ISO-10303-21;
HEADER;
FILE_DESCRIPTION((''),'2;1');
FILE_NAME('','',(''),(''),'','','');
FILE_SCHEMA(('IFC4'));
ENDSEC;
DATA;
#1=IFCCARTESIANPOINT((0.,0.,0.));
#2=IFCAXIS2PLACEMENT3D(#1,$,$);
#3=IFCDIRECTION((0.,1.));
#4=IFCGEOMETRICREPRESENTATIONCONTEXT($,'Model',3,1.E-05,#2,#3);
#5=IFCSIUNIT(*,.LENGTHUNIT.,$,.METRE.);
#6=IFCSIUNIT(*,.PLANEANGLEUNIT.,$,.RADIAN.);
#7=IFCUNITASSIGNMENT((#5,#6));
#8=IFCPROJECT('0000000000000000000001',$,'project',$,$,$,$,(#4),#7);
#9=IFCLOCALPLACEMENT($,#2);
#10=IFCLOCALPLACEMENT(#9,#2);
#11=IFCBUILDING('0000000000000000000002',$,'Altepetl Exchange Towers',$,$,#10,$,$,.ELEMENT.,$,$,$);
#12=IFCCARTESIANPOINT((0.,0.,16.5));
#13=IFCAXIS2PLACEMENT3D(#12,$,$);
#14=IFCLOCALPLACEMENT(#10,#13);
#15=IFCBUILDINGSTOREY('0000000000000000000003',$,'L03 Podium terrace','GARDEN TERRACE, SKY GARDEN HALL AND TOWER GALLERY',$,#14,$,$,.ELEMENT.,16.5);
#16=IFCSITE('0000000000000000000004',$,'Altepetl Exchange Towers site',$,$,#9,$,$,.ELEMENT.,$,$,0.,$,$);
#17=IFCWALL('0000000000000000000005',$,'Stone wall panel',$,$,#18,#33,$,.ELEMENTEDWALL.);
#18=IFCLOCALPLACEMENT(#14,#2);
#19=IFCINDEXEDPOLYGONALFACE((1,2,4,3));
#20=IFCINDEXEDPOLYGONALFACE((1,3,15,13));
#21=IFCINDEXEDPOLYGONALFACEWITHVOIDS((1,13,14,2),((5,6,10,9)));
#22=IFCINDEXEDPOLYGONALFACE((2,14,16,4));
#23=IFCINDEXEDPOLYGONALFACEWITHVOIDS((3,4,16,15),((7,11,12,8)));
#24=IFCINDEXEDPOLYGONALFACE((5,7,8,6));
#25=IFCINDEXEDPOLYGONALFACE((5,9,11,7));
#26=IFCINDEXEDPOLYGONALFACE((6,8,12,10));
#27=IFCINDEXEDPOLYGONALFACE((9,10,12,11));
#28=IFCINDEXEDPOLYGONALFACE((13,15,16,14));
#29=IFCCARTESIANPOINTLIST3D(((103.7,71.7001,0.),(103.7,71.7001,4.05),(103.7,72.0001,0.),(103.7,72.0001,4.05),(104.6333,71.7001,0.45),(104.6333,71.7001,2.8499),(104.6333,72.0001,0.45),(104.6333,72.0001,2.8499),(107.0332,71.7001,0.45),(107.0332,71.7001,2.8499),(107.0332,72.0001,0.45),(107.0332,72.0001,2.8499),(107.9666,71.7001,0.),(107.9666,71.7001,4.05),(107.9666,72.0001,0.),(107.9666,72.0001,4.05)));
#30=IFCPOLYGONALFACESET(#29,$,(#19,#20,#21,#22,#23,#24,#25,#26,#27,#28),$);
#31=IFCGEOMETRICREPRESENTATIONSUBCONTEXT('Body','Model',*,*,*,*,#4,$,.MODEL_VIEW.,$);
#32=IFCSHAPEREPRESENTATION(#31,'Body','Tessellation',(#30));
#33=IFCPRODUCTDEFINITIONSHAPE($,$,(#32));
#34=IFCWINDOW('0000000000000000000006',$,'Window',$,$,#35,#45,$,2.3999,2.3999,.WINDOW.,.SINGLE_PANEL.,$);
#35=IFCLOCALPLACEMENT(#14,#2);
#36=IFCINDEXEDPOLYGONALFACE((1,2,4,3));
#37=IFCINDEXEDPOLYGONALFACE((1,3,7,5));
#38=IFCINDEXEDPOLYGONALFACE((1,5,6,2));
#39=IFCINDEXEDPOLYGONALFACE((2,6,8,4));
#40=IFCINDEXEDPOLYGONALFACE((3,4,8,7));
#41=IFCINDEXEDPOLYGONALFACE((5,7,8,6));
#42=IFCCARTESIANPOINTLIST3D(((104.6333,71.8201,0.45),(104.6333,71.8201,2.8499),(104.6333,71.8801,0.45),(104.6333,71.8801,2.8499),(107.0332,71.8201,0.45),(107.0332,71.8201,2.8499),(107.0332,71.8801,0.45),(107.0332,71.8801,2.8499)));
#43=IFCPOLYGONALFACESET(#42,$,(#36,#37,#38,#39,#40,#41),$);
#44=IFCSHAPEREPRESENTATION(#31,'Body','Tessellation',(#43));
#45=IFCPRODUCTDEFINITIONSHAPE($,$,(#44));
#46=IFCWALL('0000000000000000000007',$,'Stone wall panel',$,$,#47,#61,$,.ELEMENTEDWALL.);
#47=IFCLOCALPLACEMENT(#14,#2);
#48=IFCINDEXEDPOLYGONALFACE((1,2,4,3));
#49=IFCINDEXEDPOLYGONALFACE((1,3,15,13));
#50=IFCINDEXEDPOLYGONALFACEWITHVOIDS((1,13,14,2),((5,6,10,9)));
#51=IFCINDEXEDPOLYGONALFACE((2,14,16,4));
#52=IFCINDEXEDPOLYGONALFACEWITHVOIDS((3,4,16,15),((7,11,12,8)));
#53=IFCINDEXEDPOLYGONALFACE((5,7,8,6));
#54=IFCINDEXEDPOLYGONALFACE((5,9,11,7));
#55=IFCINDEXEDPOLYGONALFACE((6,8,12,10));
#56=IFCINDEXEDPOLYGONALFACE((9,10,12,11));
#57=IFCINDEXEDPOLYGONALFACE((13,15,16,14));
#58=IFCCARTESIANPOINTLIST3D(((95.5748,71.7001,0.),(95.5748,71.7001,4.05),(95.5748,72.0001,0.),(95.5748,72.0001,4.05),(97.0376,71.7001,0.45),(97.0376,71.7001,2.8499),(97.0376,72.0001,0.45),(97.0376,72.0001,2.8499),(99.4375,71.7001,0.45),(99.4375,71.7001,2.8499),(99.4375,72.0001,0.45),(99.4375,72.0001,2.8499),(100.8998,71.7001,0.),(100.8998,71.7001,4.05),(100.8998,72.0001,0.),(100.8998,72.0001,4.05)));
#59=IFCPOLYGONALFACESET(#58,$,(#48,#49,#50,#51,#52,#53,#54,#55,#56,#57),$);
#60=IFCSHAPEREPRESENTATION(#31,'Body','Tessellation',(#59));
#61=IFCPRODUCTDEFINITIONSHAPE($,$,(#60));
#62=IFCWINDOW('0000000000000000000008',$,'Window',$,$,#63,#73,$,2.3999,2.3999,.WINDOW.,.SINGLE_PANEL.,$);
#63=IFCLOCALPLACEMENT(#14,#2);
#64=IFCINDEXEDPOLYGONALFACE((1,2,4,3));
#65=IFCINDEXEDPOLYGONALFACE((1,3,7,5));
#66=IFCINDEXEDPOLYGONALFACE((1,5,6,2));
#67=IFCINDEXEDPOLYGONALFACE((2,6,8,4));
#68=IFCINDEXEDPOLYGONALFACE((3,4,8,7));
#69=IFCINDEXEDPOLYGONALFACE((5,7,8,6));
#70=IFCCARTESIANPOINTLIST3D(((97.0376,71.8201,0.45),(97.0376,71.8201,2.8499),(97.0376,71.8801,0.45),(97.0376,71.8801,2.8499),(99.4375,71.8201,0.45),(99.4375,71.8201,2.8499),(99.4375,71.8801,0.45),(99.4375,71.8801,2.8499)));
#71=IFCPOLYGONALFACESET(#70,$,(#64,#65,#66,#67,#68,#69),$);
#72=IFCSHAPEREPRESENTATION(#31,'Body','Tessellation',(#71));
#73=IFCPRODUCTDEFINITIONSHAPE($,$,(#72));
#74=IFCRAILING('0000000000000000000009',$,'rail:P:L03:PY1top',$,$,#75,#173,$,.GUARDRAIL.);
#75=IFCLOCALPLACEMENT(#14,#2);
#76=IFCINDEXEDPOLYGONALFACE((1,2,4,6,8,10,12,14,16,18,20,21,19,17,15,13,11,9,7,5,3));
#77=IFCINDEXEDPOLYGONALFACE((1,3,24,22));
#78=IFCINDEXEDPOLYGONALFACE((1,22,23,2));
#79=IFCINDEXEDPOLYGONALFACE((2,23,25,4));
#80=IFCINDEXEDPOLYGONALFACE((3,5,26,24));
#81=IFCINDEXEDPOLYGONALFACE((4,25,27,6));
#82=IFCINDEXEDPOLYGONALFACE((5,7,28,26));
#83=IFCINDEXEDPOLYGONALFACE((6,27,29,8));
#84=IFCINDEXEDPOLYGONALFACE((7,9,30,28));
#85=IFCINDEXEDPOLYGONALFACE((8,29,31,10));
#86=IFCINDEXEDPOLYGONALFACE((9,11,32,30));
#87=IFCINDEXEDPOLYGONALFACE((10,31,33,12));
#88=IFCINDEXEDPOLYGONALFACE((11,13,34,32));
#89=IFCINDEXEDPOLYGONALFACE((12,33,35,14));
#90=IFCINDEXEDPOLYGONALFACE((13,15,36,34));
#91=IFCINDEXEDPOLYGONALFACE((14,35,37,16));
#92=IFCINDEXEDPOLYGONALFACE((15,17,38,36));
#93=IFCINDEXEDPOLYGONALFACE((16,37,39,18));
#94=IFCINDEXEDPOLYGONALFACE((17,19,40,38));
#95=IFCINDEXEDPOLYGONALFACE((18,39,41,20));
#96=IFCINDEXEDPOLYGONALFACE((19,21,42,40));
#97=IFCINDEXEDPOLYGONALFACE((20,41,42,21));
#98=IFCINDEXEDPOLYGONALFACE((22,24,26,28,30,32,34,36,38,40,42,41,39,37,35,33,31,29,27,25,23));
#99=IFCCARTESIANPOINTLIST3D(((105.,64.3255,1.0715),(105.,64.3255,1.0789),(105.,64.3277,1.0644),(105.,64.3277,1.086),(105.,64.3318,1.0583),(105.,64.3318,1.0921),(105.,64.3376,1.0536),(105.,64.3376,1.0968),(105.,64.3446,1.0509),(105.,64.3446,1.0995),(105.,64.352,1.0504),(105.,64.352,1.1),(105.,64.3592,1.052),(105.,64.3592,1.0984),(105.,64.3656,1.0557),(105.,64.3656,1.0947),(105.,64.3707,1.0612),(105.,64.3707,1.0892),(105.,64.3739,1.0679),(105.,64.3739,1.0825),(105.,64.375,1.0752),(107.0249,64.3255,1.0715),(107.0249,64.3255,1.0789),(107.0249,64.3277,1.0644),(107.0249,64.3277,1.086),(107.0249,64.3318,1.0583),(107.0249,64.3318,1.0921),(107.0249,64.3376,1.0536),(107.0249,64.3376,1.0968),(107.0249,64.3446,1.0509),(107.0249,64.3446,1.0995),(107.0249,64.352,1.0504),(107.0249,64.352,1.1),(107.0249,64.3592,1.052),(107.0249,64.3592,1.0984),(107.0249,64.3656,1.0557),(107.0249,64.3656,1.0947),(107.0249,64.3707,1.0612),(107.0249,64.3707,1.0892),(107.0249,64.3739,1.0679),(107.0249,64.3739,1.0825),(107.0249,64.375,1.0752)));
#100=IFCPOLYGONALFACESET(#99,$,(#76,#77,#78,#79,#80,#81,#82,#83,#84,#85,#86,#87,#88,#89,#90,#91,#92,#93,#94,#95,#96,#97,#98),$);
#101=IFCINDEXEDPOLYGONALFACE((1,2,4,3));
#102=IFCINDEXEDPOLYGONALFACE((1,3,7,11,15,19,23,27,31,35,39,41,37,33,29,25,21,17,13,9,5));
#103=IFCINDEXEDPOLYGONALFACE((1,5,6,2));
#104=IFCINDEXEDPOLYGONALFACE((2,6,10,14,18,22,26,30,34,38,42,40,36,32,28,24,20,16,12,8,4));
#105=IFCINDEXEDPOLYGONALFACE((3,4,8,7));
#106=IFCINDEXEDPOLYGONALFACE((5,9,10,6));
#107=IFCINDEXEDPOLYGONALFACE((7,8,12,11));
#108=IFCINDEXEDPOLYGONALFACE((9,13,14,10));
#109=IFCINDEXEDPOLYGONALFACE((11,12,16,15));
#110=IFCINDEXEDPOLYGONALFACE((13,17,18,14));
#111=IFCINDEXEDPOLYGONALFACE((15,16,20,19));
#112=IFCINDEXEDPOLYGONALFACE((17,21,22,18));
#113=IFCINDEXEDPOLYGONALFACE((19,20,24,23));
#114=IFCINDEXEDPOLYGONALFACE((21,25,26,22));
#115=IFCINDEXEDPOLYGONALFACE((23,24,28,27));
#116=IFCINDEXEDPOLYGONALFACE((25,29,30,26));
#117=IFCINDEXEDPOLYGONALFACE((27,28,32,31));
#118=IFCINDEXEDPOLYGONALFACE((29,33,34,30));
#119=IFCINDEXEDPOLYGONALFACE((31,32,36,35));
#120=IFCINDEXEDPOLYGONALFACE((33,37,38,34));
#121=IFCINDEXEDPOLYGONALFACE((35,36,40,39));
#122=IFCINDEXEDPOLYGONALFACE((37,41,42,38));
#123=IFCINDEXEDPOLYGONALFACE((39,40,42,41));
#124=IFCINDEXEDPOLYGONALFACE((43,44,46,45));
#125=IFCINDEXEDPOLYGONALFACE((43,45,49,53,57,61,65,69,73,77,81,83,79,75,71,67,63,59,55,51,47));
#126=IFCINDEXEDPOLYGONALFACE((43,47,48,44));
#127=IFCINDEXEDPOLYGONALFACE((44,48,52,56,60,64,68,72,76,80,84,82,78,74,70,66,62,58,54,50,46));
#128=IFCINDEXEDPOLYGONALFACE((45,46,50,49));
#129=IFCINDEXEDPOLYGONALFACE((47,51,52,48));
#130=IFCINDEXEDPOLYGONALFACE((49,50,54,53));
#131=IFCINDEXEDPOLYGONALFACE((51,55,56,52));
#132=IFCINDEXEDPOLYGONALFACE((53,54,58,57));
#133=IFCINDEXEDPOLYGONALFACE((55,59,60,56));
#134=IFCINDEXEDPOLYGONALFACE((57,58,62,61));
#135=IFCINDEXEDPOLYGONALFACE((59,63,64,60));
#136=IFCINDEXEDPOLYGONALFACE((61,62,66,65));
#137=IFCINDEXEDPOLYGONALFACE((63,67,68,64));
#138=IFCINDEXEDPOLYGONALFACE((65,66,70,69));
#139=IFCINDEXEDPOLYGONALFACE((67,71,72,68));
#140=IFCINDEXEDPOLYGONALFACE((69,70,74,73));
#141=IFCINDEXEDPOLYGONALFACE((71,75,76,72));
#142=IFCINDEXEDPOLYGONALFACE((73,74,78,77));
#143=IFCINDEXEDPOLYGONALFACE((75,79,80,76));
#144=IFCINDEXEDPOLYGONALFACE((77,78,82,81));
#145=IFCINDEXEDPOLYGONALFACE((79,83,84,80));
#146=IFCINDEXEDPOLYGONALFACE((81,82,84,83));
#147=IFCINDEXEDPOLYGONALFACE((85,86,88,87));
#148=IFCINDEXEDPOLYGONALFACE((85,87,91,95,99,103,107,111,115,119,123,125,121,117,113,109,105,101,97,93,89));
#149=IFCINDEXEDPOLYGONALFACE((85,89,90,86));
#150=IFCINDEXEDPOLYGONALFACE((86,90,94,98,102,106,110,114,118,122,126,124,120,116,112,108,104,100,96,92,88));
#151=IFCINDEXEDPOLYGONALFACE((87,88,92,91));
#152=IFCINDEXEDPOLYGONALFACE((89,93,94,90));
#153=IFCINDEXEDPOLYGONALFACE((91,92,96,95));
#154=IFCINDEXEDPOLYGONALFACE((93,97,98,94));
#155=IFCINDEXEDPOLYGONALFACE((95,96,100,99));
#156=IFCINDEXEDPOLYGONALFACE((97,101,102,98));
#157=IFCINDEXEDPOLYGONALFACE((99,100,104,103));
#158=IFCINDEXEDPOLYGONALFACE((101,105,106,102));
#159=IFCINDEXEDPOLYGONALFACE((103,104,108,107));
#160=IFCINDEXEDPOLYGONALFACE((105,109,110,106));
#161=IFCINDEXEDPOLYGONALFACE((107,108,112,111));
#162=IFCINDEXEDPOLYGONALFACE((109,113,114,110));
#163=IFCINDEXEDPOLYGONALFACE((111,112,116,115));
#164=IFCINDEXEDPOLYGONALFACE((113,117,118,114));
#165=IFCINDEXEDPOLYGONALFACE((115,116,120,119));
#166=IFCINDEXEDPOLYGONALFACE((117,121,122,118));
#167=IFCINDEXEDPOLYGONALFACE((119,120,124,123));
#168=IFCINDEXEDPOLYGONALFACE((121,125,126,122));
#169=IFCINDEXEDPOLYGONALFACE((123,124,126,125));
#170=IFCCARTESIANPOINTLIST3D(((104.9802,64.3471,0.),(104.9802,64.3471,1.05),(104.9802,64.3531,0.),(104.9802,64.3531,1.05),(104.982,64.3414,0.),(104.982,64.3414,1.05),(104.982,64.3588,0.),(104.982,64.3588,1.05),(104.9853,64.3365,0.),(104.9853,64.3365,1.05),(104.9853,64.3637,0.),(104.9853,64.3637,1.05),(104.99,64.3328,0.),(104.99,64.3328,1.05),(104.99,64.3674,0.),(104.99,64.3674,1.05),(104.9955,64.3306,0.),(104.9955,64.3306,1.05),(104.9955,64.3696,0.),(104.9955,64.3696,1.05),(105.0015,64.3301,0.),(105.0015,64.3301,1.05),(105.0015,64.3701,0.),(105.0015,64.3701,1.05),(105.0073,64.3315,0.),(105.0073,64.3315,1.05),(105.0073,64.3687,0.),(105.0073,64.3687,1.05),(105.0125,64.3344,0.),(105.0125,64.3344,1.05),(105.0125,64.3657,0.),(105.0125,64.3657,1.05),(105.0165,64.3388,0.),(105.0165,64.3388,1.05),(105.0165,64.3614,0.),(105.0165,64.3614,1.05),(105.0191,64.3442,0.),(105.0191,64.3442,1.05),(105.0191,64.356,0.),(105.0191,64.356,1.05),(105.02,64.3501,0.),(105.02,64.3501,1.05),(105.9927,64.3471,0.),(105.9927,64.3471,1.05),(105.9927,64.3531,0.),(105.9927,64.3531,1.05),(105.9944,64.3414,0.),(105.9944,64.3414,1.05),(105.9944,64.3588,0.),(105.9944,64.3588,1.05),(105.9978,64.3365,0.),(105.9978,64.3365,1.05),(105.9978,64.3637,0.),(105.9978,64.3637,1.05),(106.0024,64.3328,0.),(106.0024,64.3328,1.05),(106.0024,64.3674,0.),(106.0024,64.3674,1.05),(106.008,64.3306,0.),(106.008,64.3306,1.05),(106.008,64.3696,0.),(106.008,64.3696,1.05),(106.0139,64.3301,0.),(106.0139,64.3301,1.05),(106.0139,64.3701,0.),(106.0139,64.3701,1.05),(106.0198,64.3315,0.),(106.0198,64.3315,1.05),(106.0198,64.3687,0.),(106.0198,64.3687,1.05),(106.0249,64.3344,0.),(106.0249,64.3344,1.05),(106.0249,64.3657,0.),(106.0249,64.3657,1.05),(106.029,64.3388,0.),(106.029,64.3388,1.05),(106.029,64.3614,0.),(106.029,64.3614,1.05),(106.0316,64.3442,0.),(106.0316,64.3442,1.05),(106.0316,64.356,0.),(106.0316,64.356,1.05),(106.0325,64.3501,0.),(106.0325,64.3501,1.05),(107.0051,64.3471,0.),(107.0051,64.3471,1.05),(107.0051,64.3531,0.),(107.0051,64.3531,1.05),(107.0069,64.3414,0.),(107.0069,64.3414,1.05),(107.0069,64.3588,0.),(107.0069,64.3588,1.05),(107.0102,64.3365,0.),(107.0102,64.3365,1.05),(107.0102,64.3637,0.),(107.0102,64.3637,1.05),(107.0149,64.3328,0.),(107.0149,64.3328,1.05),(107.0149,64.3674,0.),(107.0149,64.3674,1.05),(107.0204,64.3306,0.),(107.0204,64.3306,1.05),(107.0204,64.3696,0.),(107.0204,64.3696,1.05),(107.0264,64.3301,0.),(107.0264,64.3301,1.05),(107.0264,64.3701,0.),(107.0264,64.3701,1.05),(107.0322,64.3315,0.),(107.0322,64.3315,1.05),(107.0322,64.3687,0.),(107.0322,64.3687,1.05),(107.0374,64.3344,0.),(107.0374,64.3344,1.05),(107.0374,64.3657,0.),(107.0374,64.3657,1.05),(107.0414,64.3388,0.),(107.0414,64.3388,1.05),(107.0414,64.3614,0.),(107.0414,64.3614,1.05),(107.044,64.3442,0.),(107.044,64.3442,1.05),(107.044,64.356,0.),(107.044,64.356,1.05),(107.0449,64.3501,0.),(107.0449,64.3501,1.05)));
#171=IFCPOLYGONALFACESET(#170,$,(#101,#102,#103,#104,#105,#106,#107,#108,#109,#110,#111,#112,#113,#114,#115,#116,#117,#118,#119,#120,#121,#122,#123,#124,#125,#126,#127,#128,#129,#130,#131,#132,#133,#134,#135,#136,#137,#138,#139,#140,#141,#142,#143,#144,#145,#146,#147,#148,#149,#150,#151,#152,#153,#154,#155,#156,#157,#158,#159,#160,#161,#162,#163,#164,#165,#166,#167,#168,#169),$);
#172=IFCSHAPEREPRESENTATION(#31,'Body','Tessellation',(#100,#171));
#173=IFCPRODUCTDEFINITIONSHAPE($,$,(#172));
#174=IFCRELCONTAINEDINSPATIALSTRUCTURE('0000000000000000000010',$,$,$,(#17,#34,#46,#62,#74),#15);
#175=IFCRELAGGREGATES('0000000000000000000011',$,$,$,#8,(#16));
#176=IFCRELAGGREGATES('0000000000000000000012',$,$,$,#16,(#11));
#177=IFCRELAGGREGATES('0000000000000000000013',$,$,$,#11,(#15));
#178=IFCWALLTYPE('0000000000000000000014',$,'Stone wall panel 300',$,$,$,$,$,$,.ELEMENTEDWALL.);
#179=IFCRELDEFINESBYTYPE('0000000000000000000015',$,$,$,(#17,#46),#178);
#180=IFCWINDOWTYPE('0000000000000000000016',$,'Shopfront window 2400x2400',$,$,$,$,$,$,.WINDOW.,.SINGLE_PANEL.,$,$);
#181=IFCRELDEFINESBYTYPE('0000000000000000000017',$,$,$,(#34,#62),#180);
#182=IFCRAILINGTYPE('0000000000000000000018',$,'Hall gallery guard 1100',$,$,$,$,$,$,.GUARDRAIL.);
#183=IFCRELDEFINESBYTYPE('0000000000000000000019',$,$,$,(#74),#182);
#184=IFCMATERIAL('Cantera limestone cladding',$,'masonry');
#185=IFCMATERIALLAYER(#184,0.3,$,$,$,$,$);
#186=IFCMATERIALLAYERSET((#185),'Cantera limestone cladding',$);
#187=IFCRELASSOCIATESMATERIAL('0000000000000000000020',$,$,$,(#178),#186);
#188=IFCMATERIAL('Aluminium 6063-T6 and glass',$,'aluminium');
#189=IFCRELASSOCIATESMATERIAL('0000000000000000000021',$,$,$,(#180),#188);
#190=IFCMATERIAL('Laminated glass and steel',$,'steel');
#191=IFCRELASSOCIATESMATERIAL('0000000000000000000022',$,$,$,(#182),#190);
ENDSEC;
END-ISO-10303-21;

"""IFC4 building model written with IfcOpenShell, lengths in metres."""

from ifc_helpers import new_model, si_unit, direction, frame, frame_2d, origin, origin_2d, place, context, subcontext, project, spatial, rectangle, circle, extrude, source, transform, mapped, material, layer, layer_set, type_object, element, fill, save


model = new_model("IFC4")

# Units and contexts
model_context = context("Model", 3, precision=1e-05, world=origin(), true_north=direction((0.0, 1.0)))
body_context = subcontext(model_context, "Body", "Model", "MODEL_VIEW")
ifc_project = project(units=[si_unit("LENGTHUNIT", "METRE"), si_unit("PLANEANGLEUNIT", "RADIAN")], contexts=[model_context])

# Site, building, storey
site_placement = place(None, origin())
site = spatial("IfcSite", under=ifc_project, at=site_placement, Name="Altepetl Exchange Towers site", CompositionType="ELEMENT", RefElevation=0.0)
building_placement = place(site_placement, origin())
building = spatial("IfcBuilding", under=site, at=building_placement, Name="Altepetl Exchange Towers", CompositionType="ELEMENT")
storey_placement = place(building_placement, frame((0.0, 0.0, 16.5)))
storey = spatial("IfcBuildingStorey", under=building, at=storey_placement, Name="L03 Podium terrace", Description="GARDEN TERRACE, SKY GARDEN HALL AND TOWER GALLERY", CompositionType="ELEMENT", Elevation=16.5)

# Shared definitions
ifc_material_1 = material(Name="Aluminium 6063-T6 and glass", Category="aluminium")

# Walls, openings, windows
ifc_material_2 = material(Name="Cantera limestone cladding", Category="masonry")
ifc_layer_1 = layer(ifc_material_2, 0.3)
ifc_layer_set_1 = layer_set([ifc_layer_1], Name="Cantera limestone cladding")
wall_type_1 = type_object("IfcWallType", Name="Stone wall panel 300", PredefinedType="ELEMENTEDWALL", material=ifc_layer_set_1)
wall_1_placement = place(storey_placement, frame((107.9666, 71.8501, 0.0), z_axis=(0.0, 0.0, 1.0), x_axis=(-1.0, 0.0, 0.0)))
wall_1 = element("IfcWall", 1, at=wall_1_placement, inside=storey, type_object=wall_type_1, Name="Stone wall panel", PredefinedType="ELEMENTEDWALL", context=body_context, shape_type="SweptSolid", body=[
    extrude(rectangle(XDim=4.2666, YDim=0.3, at=frame_2d((2.1333, 0.0))), origin(), (0.0, 0.0, 1.0), 4.05),
])
opening_1_placement = place(wall_1_placement, frame((0.9333, 0.0, 0.45)))
opening_1 = element("IfcOpeningElement", 2, at=opening_1_placement, cuts=wall_1, PredefinedType="OPENING", context=body_context, shape_type="SweptSolid", body=[
    extrude(rectangle(XDim=2.3999, YDim=2.3999, at=frame_2d((1.2, 1.2))), frame((0.0, 0.1602, 0.0), z_axis=(0.0, -1.0, 0.0), x_axis=(1.0, 0.0, 0.0)), (0.0, 0.0, 1.0), 0.3201),
])
window_type = type_object("IfcWindowType", Name="Shopfront window 2400x2400", PartitioningType="SINGLE_PANEL", PredefinedType="WINDOW", material=ifc_material_1)
window_1_placement = place(opening_1_placement, origin())
window_1 = element("IfcWindow", 3, at=window_1_placement, inside=storey, type_object=window_type, Name="Window", OverallHeight=2.3999, OverallWidth=2.3999, PartitioningType="SINGLE_PANEL", PredefinedType="WINDOW", context=body_context, shape_type="SweptSolid", body=[
    extrude(rectangle(XDim=2.3999, YDim=2.3999, at=frame_2d((1.2, 1.2))), frame((0.0, 0.03, 0.0), z_axis=(0.0, -1.0, 0.0), x_axis=(1.0, 0.0, 0.0)), (0.0, 0.0, 1.0), 0.0601),
])
fill(opening_1, window_1)
wall_2_placement = place(storey_placement, frame((100.8999, 71.8501, 0.0), z_axis=(0.0, 0.0, 1.0), x_axis=(-1.0, 0.0, 0.0)))
wall_2 = element("IfcWall", 4, at=wall_2_placement, inside=storey, type_object=wall_type_1, Name="Stone wall panel", PredefinedType="ELEMENTEDWALL", context=body_context, shape_type="SweptSolid", body=[
    extrude(rectangle(XDim=5.325, YDim=0.3, at=frame_2d((2.6626, 0.0))), origin(), (0.0, 0.0, 1.0), 4.05),
])
opening_2_placement = place(wall_2_placement, frame((1.4624, 0.0, 0.45)))
opening_2 = element("IfcOpeningElement", 5, at=opening_2_placement, cuts=wall_2, PredefinedType="OPENING", context=body_context, shape_type="SweptSolid", body=[
    extrude(rectangle(XDim=2.3999, YDim=2.3999, at=frame_2d((1.2, 1.2))), frame((0.0, 0.1602, 0.0), z_axis=(0.0, -1.0, 0.0), x_axis=(1.0, 0.0, 0.0)), (0.0, 0.0, 1.0), 0.3201),
])
window_2_placement = place(opening_2_placement, origin())
window_2 = element("IfcWindow", 6, at=window_2_placement, inside=storey, type_object=window_type, Name="Window", OverallHeight=2.3999, OverallWidth=2.3999, PartitioningType="SINGLE_PANEL", PredefinedType="WINDOW", context=body_context, shape_type="SweptSolid", body=[
    extrude(rectangle(XDim=2.3999, YDim=2.3999, at=frame_2d((1.2, 1.2))), frame((0.0, 0.03, 0.0), z_axis=(0.0, -1.0, 0.0), x_axis=(1.0, 0.0, 0.0)), (0.0, 0.0, 1.0), 0.0601),
])
fill(opening_2, window_2)

# Railing
ifc_material_3 = material(Name="Laminated glass and steel", Category="steel")
railing_type = type_object("IfcRailingType", Name="Hall gallery guard 1100", PredefinedType="GUARDRAIL", material=ifc_material_3)
shared_shape = source(origin(), body_context, "Body", "SweptSolid", [
    extrude(circle(Radius=0.02, at=origin_2d()), origin(), (0.0, 0.0, 1.0), 1.05),
])
railing_placement = place(storey_placement, frame((105.0, 64.3501, 0.0)))
element("IfcRailing", 7, at=railing_placement, inside=storey, type_object=railing_type, Name="rail:P:L03:PY1top", PredefinedType="GUARDRAIL", context=body_context, shape_type="SweptSolid", body=[
    extrude(circle(Radius=0.0249, at=origin_2d()), frame((0.0, 0.0, 1.0752), z_axis=(1.0, 0.0, 0.0), x_axis=(0.0, 1.0, 0.0)), (0.0, 0.0, 1.0), 2.0249),
    mapped(shared_shape, transform((0.0, 0.0, 0.0))),
    mapped(shared_shape, transform((1.0125, 0.0, 0.0))),
    mapped(shared_shape, transform((2.0249, 0.0, 0.0))),
])

save(model, "model.ifc")
